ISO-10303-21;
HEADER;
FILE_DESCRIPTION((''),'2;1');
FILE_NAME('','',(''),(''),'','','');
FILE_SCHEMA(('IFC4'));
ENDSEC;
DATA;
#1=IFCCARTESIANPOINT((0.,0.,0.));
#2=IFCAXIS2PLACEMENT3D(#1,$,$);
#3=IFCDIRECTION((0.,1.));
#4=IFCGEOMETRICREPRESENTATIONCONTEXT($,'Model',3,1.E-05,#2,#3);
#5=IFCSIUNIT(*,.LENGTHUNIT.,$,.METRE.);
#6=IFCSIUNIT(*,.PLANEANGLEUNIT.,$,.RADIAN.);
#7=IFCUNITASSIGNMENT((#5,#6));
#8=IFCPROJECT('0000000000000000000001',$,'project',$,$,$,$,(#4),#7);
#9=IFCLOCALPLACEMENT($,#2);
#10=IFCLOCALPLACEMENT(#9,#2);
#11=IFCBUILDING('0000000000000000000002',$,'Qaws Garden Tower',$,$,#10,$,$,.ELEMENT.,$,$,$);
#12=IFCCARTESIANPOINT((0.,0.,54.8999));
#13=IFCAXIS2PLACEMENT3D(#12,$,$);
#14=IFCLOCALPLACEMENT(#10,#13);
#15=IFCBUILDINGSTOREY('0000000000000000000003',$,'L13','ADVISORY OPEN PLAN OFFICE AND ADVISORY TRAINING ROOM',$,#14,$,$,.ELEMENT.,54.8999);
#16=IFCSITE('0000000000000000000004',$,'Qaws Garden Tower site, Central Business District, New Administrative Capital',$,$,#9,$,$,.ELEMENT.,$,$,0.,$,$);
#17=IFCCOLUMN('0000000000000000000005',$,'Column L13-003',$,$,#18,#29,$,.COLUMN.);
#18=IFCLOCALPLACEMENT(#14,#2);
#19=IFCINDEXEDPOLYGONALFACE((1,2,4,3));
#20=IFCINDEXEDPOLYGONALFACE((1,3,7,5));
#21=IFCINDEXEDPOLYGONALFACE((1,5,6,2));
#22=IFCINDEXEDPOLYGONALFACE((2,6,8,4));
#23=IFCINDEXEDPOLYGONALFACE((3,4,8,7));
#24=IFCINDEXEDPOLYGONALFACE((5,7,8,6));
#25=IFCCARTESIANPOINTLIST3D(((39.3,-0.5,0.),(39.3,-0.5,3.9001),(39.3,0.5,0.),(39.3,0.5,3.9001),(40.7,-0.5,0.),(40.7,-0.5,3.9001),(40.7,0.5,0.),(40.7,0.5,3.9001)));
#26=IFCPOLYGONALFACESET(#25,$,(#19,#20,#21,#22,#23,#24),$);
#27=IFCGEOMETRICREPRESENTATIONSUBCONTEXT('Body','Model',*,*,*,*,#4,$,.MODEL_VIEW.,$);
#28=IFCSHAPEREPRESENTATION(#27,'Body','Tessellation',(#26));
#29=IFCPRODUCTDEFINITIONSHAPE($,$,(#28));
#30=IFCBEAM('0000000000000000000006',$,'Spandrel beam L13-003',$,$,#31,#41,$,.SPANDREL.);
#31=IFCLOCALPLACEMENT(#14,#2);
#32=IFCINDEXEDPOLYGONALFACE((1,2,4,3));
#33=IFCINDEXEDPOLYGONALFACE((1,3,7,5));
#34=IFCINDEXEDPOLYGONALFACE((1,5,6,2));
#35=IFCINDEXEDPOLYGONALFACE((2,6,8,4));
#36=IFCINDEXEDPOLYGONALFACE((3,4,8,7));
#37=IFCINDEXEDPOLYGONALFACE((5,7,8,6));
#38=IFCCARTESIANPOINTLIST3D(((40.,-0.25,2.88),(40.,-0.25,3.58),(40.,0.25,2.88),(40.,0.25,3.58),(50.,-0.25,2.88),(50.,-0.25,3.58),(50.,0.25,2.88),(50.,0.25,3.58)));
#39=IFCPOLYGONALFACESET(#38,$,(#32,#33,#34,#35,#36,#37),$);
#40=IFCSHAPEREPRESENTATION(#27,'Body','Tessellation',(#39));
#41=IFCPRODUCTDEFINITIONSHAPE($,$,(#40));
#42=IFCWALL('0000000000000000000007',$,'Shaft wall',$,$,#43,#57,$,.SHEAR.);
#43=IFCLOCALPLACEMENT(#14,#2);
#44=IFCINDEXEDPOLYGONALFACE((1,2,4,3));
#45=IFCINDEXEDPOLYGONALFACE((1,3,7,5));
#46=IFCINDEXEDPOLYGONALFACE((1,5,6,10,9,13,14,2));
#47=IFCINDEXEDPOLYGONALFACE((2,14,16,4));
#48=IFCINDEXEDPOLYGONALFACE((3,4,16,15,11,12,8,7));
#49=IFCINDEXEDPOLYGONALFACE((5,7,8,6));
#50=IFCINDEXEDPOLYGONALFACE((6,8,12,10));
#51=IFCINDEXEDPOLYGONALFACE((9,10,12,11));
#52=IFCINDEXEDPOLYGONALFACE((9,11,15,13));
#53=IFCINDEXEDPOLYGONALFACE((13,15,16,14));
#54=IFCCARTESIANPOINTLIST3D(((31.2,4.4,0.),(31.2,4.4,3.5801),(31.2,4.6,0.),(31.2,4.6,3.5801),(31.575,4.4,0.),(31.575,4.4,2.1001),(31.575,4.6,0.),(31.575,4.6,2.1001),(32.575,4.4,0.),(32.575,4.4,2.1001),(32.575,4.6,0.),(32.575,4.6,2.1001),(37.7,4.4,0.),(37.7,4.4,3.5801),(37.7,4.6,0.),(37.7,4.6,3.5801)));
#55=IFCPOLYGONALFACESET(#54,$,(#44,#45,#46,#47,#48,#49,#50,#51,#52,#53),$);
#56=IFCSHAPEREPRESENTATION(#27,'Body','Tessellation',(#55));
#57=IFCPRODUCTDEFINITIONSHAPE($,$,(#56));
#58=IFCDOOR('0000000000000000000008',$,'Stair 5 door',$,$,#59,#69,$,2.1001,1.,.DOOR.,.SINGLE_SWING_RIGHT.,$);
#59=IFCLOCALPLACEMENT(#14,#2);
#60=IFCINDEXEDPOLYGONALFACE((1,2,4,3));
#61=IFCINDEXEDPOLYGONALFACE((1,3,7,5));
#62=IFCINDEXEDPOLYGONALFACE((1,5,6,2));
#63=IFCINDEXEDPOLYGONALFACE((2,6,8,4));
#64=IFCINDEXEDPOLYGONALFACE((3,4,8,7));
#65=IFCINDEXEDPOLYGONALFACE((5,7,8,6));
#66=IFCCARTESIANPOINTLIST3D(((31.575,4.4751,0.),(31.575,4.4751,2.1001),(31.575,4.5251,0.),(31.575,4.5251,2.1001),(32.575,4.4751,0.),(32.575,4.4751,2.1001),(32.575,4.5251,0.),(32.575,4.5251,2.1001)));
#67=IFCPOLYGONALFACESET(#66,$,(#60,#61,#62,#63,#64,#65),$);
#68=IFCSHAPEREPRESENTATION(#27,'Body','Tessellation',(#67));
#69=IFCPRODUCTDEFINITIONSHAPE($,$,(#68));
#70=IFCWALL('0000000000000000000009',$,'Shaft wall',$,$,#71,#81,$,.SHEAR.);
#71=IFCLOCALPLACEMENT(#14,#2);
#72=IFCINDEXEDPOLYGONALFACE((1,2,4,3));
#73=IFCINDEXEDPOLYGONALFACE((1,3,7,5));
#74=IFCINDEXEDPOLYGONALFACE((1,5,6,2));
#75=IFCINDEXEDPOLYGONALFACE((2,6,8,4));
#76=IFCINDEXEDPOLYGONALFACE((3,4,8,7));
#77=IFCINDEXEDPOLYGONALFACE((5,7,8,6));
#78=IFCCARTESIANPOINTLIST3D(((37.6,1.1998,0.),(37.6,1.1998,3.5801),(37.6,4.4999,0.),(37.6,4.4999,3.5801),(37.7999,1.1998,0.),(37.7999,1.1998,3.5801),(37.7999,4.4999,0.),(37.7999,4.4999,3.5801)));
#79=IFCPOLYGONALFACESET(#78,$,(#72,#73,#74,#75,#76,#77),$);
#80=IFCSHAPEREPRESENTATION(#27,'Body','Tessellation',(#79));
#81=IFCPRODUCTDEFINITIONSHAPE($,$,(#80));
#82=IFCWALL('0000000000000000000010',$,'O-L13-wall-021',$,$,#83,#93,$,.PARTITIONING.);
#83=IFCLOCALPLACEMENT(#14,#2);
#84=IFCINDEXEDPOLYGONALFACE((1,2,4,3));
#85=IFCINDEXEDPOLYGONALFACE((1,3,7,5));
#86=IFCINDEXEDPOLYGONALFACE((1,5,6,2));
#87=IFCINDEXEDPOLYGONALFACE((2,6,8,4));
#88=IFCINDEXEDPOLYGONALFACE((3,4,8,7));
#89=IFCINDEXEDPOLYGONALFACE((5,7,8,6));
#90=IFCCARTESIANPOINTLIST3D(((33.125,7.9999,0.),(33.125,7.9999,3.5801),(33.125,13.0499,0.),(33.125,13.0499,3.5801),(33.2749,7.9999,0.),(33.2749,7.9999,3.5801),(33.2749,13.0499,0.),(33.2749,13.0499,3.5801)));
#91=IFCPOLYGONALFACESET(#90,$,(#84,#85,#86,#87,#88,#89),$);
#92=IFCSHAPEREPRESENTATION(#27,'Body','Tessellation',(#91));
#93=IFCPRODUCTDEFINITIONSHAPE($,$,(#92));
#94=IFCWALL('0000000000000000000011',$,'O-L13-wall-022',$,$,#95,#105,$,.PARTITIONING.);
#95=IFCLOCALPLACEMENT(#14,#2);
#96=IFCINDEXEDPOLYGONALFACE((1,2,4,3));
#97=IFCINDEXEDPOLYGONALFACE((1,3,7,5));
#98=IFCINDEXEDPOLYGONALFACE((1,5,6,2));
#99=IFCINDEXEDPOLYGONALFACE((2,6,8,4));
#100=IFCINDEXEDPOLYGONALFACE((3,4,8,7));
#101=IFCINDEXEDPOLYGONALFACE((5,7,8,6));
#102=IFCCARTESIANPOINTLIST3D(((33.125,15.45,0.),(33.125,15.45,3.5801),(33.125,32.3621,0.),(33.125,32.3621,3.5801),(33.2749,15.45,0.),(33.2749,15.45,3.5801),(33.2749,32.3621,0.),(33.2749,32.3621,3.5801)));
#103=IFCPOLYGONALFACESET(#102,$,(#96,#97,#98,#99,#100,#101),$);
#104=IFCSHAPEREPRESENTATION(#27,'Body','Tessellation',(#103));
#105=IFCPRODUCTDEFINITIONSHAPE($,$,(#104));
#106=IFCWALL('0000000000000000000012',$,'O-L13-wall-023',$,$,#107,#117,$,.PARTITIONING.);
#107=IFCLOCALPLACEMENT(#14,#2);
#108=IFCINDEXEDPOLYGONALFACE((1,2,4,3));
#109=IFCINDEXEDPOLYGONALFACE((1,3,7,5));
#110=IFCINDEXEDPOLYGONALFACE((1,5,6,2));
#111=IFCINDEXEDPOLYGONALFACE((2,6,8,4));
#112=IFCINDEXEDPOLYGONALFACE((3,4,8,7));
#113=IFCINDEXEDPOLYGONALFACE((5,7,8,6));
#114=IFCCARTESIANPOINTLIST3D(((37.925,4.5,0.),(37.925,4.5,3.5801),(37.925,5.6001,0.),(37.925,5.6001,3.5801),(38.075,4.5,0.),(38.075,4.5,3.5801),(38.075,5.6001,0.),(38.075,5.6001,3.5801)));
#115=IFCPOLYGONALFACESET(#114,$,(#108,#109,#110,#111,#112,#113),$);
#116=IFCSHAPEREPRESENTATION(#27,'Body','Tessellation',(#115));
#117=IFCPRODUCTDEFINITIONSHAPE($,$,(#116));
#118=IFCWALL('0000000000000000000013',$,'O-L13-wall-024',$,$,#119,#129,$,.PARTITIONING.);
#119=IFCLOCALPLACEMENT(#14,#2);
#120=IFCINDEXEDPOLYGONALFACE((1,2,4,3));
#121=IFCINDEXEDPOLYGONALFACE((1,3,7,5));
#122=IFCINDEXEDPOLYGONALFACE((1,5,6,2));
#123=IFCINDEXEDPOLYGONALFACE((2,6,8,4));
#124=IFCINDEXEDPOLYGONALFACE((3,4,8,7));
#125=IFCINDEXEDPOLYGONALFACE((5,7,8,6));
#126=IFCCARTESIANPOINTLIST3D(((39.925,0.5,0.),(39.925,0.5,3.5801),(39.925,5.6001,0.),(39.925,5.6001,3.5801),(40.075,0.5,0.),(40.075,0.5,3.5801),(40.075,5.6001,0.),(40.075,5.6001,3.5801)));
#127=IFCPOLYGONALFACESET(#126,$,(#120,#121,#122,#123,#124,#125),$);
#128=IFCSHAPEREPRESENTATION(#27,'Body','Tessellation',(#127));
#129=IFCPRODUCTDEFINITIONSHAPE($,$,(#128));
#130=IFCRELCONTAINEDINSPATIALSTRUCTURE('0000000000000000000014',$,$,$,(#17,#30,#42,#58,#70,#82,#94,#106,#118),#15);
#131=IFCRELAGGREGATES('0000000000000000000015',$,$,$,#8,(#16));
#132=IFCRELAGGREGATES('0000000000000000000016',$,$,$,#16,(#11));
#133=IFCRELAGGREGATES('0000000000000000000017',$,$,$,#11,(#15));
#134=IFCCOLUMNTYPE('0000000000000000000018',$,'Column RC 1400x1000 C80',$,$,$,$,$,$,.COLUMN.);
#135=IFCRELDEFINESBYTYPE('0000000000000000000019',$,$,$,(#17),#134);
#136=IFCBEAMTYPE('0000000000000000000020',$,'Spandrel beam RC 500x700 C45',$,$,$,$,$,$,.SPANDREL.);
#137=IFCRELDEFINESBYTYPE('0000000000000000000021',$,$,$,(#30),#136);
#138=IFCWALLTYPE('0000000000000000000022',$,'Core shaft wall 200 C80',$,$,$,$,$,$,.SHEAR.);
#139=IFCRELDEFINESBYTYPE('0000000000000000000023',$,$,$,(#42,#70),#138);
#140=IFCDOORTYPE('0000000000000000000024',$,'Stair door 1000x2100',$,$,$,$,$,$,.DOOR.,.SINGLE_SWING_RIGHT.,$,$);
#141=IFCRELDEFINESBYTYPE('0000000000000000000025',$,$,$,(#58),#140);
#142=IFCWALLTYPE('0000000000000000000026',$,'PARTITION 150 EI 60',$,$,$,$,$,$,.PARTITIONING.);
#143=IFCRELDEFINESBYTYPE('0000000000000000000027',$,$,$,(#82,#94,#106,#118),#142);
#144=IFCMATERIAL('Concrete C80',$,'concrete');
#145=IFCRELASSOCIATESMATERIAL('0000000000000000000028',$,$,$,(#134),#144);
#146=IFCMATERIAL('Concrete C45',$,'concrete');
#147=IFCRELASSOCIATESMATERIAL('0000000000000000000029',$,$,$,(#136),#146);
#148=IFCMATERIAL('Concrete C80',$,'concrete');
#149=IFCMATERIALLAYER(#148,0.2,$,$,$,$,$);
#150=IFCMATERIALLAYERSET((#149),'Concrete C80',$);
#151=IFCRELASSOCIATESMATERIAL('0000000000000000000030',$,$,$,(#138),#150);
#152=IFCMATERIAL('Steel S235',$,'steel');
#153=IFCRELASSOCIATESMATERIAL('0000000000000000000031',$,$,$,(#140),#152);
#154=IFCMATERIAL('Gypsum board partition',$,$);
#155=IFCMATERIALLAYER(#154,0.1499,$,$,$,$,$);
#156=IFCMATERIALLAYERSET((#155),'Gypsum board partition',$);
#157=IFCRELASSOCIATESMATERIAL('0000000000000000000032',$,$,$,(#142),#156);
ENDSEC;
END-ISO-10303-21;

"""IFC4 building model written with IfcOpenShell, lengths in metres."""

from ifc_helpers import new_model, si_unit, direction, frame, frame_2d, origin, origin_2d, place, context, subcontext, project, spatial, rectangle, extrude, material, layer, layer_set, material_profile, profile_set, type_object, element, fill, save


model = new_model("IFC4")

# Units and contexts
model_context = context("Model", 3, precision=1e-05, world=origin(), true_north=direction((0.0, 1.0)))
body_context = subcontext(model_context, "Body", "Model", "MODEL_VIEW")
ifc_project = project(units=[si_unit("LENGTHUNIT", "METRE"), si_unit("PLANEANGLEUNIT", "RADIAN")], contexts=[model_context])

# Site, building, storey
site_placement = place(None, origin())
site = spatial("IfcSite", under=ifc_project, at=site_placement, Name="Qaws Garden Tower site, Central Business District, New Administrative Capital", CompositionType="ELEMENT", RefElevation=0.0)
building_placement = place(site_placement, origin())
building = spatial("IfcBuilding", under=site, at=building_placement, Name="Qaws Garden Tower", CompositionType="ELEMENT")
storey_placement = place(building_placement, frame((0.0, 0.0, 54.8999)))
storey = spatial("IfcBuildingStorey", under=building, at=storey_placement, Name="L13", Description="ADVISORY OPEN PLAN OFFICE AND ADVISORY TRAINING ROOM", CompositionType="ELEMENT", Elevation=54.8999)

# Column
ifc_material_1 = material(Name="Concrete C80", Category="concrete")
ifc_material_profile_1 = material_profile(ifc_material_1, rectangle(XDim=1.3999, YDim=1.0, at=origin_2d()), Name="RC 1400x1000")
ifc_profile_set_1 = profile_set([ifc_material_profile_1], Name="Concrete C80")
column_type = type_object("IfcColumnType", Name="Column RC 1400x1000 C80", PredefinedType="COLUMN", material=ifc_profile_set_1)
column_placement = place(storey_placement, frame((40.0, 0.0, 0.0), z_axis=(0.0, 0.0, 1.0), x_axis=(1.0, 0.0, 0.0)))
element("IfcColumn", 1, at=column_placement, inside=storey, type_object=column_type, Name="Column L13-003", PredefinedType="COLUMN", context=body_context, shape_type="SweptSolid", body=[
    extrude(rectangle(XDim=1.3999, YDim=1.0, at=origin_2d()), origin(), (0.0, 0.0, 1.0), 3.9001),
])

# Beam
ifc_material_2 = material(Name="Concrete C45", Category="concrete")
ifc_material_profile_2 = material_profile(ifc_material_2, rectangle(XDim=0.5, YDim=0.7, at=origin_2d()), Name="RC 500x700")
ifc_profile_set_2 = profile_set([ifc_material_profile_2], Name="Concrete C45")
beam_type = type_object("IfcBeamType", Name="Spandrel beam RC 500x700 C45", PredefinedType="SPANDREL", material=ifc_profile_set_2)
beam_placement = place(storey_placement, frame((40.0, 0.0, 3.23), z_axis=(1.0, 0.0, 0.0), x_axis=(0.0, 1.0, 0.0)))
element("IfcBeam", 2, at=beam_placement, inside=storey, type_object=beam_type, Name="Spandrel beam L13-003", PredefinedType="SPANDREL", context=body_context, shape_type="SweptSolid", body=[
    extrude(rectangle(XDim=0.5, YDim=0.7, at=origin_2d()), origin(), (0.0, 0.0, 1.0), 10.0),
])

# Wall, opening, door
ifc_material_3 = material(Name="Concrete C80", Category="concrete")
ifc_layer_1 = layer(ifc_material_3, 0.2)
ifc_layer_set_1 = layer_set([ifc_layer_1], Name="Concrete C80")
wall_type_1 = type_object("IfcWallType", Name="Core shaft wall 200 C80", PredefinedType="SHEAR", material=ifc_layer_set_1)
wall_1_placement = place(storey_placement, frame((31.2, 4.5, 0.0), z_axis=(0.0, 0.0, 1.0), x_axis=(1.0, 0.0, 0.0)))
wall_1 = element("IfcWall", 3, at=wall_1_placement, inside=storey, type_object=wall_type_1, Name="Shaft wall", PredefinedType="SHEAR", context=body_context, shape_type="SweptSolid", body=[
    extrude(rectangle(XDim=6.5, YDim=0.2, at=frame_2d((3.25, 0.0))), origin(), (0.0, 0.0, 1.0), 3.5801),
])
opening_1_placement = place(wall_1_placement, frame((0.375, 0.0, 0.0)))
opening_1 = element("IfcOpeningElement", 4, at=opening_1_placement, cuts=wall_1, PredefinedType="OPENING", context=body_context, shape_type="SweptSolid", body=[
    extrude(rectangle(XDim=1.0, YDim=2.1001, at=frame_2d((0.5, 1.05))), frame((0.0, 0.1099, 0.0), z_axis=(0.0, -1.0, 0.0), x_axis=(1.0, 0.0, 0.0)), (0.0, 0.0, 1.0), 0.22),
])
ifc_material_4 = material(Name="Steel S235", Category="steel")
door_type_1 = type_object("IfcDoorType", Name="Stair door 1000x2100", OperationType="SINGLE_SWING_RIGHT", PredefinedType="DOOR", material=ifc_material_4)
door_1_placement = place(opening_1_placement, frame((1.0, 0.0, 0.0), z_axis=(0.0, 0.0, 1.0), x_axis=(-1.0, 0.0, 0.0)))
door_1 = element("IfcDoor", 5, at=door_1_placement, inside=storey, type_object=door_type_1, Name="Stair 5 door", OperationType="SINGLE_SWING_RIGHT", OverallHeight=2.1001, OverallWidth=1.0, PredefinedType="DOOR", context=body_context, shape_type="SweptSolid", body=[
    extrude(rectangle(XDim=1.0, YDim=2.1001, at=frame_2d((0.5, 1.05))), frame((0.0, 0.0249, 0.0), z_axis=(0.0, -1.0, 0.0), x_axis=(1.0, 0.0, 0.0)), (0.0, 0.0, 1.0), 0.05),
])
fill(opening_1, door_1)

# Walls
wall_2_placement = place(storey_placement, frame((37.7, 1.2, 0.0), z_axis=(0.0, 0.0, 1.0), x_axis=(0.0, 1.0, 0.0)))
element("IfcWall", 6, at=wall_2_placement, inside=storey, type_object=wall_type_1, Name="Shaft wall", PredefinedType="SHEAR", context=body_context, shape_type="SweptSolid", body=[
    extrude(rectangle(XDim=3.3, YDim=0.2, at=frame_2d((1.6499, 0.0))), origin(), (0.0, 0.0, 1.0), 3.5801),
])
ifc_material_5 = material(Name="Gypsum board partition")
ifc_layer_2 = layer(ifc_material_5, 0.1499)
ifc_layer_set_2 = layer_set([ifc_layer_2], Name="Gypsum board partition")
wall_type_2 = type_object("IfcWallType", Name="PARTITION 150 EI 60", PredefinedType="PARTITIONING", material=ifc_layer_set_2)
wall_3_placement = place(storey_placement, frame((33.2, 8.0, 0.0), z_axis=(0.0, 0.0, 1.0), x_axis=(0.0, 1.0, 0.0)))
element("IfcWall", 7, at=wall_3_placement, inside=storey, type_object=wall_type_2, Name="O-L13-wall-021", PredefinedType="PARTITIONING", context=body_context, shape_type="SweptSolid", body=[
    extrude(rectangle(XDim=5.05, YDim=0.1499, at=frame_2d((2.5249, 0.0))), origin(), (0.0, 0.0, 1.0), 3.5801),
])
wall_4_placement = place(storey_placement, frame((33.2, 15.45, 0.0), z_axis=(0.0, 0.0, 1.0), x_axis=(0.0, 1.0, 0.0)))
element("IfcWall", 8, at=wall_4_placement, inside=storey, type_object=wall_type_2, Name="O-L13-wall-022", PredefinedType="PARTITIONING", context=body_context, shape_type="SweptSolid", body=[
    extrude(rectangle(XDim=16.9121, YDim=0.1499, at=frame_2d((8.4561, 0.0))), origin(), (0.0, 0.0, 1.0), 3.5801),
])
wall_5_placement = place(storey_placement, frame((38.0, 4.5, 0.0), z_axis=(0.0, 0.0, 1.0), x_axis=(0.0, 1.0, 0.0)))
element("IfcWall", 9, at=wall_5_placement, inside=storey, type_object=wall_type_2, Name="O-L13-wall-023", PredefinedType="PARTITIONING", context=body_context, shape_type="SweptSolid", body=[
    extrude(rectangle(XDim=1.1001, YDim=0.1499, at=frame_2d((0.55, 0.0))), origin(), (0.0, 0.0, 1.0), 3.5801),
])
wall_6_placement = place(storey_placement, frame((40.0, 0.5, 0.0), z_axis=(0.0, 0.0, 1.0), x_axis=(0.0, 1.0, 0.0)))
element("IfcWall", 10, at=wall_6_placement, inside=storey, type_object=wall_type_2, Name="O-L13-wall-024", PredefinedType="PARTITIONING", context=body_context, shape_type="SweptSolid", body=[
    extrude(rectangle(XDim=5.1001, YDim=0.1499, at=frame_2d((2.55, 0.0))), origin(), (0.0, 0.0, 1.0), 3.5801),
])

save(model, "model.ifc")
